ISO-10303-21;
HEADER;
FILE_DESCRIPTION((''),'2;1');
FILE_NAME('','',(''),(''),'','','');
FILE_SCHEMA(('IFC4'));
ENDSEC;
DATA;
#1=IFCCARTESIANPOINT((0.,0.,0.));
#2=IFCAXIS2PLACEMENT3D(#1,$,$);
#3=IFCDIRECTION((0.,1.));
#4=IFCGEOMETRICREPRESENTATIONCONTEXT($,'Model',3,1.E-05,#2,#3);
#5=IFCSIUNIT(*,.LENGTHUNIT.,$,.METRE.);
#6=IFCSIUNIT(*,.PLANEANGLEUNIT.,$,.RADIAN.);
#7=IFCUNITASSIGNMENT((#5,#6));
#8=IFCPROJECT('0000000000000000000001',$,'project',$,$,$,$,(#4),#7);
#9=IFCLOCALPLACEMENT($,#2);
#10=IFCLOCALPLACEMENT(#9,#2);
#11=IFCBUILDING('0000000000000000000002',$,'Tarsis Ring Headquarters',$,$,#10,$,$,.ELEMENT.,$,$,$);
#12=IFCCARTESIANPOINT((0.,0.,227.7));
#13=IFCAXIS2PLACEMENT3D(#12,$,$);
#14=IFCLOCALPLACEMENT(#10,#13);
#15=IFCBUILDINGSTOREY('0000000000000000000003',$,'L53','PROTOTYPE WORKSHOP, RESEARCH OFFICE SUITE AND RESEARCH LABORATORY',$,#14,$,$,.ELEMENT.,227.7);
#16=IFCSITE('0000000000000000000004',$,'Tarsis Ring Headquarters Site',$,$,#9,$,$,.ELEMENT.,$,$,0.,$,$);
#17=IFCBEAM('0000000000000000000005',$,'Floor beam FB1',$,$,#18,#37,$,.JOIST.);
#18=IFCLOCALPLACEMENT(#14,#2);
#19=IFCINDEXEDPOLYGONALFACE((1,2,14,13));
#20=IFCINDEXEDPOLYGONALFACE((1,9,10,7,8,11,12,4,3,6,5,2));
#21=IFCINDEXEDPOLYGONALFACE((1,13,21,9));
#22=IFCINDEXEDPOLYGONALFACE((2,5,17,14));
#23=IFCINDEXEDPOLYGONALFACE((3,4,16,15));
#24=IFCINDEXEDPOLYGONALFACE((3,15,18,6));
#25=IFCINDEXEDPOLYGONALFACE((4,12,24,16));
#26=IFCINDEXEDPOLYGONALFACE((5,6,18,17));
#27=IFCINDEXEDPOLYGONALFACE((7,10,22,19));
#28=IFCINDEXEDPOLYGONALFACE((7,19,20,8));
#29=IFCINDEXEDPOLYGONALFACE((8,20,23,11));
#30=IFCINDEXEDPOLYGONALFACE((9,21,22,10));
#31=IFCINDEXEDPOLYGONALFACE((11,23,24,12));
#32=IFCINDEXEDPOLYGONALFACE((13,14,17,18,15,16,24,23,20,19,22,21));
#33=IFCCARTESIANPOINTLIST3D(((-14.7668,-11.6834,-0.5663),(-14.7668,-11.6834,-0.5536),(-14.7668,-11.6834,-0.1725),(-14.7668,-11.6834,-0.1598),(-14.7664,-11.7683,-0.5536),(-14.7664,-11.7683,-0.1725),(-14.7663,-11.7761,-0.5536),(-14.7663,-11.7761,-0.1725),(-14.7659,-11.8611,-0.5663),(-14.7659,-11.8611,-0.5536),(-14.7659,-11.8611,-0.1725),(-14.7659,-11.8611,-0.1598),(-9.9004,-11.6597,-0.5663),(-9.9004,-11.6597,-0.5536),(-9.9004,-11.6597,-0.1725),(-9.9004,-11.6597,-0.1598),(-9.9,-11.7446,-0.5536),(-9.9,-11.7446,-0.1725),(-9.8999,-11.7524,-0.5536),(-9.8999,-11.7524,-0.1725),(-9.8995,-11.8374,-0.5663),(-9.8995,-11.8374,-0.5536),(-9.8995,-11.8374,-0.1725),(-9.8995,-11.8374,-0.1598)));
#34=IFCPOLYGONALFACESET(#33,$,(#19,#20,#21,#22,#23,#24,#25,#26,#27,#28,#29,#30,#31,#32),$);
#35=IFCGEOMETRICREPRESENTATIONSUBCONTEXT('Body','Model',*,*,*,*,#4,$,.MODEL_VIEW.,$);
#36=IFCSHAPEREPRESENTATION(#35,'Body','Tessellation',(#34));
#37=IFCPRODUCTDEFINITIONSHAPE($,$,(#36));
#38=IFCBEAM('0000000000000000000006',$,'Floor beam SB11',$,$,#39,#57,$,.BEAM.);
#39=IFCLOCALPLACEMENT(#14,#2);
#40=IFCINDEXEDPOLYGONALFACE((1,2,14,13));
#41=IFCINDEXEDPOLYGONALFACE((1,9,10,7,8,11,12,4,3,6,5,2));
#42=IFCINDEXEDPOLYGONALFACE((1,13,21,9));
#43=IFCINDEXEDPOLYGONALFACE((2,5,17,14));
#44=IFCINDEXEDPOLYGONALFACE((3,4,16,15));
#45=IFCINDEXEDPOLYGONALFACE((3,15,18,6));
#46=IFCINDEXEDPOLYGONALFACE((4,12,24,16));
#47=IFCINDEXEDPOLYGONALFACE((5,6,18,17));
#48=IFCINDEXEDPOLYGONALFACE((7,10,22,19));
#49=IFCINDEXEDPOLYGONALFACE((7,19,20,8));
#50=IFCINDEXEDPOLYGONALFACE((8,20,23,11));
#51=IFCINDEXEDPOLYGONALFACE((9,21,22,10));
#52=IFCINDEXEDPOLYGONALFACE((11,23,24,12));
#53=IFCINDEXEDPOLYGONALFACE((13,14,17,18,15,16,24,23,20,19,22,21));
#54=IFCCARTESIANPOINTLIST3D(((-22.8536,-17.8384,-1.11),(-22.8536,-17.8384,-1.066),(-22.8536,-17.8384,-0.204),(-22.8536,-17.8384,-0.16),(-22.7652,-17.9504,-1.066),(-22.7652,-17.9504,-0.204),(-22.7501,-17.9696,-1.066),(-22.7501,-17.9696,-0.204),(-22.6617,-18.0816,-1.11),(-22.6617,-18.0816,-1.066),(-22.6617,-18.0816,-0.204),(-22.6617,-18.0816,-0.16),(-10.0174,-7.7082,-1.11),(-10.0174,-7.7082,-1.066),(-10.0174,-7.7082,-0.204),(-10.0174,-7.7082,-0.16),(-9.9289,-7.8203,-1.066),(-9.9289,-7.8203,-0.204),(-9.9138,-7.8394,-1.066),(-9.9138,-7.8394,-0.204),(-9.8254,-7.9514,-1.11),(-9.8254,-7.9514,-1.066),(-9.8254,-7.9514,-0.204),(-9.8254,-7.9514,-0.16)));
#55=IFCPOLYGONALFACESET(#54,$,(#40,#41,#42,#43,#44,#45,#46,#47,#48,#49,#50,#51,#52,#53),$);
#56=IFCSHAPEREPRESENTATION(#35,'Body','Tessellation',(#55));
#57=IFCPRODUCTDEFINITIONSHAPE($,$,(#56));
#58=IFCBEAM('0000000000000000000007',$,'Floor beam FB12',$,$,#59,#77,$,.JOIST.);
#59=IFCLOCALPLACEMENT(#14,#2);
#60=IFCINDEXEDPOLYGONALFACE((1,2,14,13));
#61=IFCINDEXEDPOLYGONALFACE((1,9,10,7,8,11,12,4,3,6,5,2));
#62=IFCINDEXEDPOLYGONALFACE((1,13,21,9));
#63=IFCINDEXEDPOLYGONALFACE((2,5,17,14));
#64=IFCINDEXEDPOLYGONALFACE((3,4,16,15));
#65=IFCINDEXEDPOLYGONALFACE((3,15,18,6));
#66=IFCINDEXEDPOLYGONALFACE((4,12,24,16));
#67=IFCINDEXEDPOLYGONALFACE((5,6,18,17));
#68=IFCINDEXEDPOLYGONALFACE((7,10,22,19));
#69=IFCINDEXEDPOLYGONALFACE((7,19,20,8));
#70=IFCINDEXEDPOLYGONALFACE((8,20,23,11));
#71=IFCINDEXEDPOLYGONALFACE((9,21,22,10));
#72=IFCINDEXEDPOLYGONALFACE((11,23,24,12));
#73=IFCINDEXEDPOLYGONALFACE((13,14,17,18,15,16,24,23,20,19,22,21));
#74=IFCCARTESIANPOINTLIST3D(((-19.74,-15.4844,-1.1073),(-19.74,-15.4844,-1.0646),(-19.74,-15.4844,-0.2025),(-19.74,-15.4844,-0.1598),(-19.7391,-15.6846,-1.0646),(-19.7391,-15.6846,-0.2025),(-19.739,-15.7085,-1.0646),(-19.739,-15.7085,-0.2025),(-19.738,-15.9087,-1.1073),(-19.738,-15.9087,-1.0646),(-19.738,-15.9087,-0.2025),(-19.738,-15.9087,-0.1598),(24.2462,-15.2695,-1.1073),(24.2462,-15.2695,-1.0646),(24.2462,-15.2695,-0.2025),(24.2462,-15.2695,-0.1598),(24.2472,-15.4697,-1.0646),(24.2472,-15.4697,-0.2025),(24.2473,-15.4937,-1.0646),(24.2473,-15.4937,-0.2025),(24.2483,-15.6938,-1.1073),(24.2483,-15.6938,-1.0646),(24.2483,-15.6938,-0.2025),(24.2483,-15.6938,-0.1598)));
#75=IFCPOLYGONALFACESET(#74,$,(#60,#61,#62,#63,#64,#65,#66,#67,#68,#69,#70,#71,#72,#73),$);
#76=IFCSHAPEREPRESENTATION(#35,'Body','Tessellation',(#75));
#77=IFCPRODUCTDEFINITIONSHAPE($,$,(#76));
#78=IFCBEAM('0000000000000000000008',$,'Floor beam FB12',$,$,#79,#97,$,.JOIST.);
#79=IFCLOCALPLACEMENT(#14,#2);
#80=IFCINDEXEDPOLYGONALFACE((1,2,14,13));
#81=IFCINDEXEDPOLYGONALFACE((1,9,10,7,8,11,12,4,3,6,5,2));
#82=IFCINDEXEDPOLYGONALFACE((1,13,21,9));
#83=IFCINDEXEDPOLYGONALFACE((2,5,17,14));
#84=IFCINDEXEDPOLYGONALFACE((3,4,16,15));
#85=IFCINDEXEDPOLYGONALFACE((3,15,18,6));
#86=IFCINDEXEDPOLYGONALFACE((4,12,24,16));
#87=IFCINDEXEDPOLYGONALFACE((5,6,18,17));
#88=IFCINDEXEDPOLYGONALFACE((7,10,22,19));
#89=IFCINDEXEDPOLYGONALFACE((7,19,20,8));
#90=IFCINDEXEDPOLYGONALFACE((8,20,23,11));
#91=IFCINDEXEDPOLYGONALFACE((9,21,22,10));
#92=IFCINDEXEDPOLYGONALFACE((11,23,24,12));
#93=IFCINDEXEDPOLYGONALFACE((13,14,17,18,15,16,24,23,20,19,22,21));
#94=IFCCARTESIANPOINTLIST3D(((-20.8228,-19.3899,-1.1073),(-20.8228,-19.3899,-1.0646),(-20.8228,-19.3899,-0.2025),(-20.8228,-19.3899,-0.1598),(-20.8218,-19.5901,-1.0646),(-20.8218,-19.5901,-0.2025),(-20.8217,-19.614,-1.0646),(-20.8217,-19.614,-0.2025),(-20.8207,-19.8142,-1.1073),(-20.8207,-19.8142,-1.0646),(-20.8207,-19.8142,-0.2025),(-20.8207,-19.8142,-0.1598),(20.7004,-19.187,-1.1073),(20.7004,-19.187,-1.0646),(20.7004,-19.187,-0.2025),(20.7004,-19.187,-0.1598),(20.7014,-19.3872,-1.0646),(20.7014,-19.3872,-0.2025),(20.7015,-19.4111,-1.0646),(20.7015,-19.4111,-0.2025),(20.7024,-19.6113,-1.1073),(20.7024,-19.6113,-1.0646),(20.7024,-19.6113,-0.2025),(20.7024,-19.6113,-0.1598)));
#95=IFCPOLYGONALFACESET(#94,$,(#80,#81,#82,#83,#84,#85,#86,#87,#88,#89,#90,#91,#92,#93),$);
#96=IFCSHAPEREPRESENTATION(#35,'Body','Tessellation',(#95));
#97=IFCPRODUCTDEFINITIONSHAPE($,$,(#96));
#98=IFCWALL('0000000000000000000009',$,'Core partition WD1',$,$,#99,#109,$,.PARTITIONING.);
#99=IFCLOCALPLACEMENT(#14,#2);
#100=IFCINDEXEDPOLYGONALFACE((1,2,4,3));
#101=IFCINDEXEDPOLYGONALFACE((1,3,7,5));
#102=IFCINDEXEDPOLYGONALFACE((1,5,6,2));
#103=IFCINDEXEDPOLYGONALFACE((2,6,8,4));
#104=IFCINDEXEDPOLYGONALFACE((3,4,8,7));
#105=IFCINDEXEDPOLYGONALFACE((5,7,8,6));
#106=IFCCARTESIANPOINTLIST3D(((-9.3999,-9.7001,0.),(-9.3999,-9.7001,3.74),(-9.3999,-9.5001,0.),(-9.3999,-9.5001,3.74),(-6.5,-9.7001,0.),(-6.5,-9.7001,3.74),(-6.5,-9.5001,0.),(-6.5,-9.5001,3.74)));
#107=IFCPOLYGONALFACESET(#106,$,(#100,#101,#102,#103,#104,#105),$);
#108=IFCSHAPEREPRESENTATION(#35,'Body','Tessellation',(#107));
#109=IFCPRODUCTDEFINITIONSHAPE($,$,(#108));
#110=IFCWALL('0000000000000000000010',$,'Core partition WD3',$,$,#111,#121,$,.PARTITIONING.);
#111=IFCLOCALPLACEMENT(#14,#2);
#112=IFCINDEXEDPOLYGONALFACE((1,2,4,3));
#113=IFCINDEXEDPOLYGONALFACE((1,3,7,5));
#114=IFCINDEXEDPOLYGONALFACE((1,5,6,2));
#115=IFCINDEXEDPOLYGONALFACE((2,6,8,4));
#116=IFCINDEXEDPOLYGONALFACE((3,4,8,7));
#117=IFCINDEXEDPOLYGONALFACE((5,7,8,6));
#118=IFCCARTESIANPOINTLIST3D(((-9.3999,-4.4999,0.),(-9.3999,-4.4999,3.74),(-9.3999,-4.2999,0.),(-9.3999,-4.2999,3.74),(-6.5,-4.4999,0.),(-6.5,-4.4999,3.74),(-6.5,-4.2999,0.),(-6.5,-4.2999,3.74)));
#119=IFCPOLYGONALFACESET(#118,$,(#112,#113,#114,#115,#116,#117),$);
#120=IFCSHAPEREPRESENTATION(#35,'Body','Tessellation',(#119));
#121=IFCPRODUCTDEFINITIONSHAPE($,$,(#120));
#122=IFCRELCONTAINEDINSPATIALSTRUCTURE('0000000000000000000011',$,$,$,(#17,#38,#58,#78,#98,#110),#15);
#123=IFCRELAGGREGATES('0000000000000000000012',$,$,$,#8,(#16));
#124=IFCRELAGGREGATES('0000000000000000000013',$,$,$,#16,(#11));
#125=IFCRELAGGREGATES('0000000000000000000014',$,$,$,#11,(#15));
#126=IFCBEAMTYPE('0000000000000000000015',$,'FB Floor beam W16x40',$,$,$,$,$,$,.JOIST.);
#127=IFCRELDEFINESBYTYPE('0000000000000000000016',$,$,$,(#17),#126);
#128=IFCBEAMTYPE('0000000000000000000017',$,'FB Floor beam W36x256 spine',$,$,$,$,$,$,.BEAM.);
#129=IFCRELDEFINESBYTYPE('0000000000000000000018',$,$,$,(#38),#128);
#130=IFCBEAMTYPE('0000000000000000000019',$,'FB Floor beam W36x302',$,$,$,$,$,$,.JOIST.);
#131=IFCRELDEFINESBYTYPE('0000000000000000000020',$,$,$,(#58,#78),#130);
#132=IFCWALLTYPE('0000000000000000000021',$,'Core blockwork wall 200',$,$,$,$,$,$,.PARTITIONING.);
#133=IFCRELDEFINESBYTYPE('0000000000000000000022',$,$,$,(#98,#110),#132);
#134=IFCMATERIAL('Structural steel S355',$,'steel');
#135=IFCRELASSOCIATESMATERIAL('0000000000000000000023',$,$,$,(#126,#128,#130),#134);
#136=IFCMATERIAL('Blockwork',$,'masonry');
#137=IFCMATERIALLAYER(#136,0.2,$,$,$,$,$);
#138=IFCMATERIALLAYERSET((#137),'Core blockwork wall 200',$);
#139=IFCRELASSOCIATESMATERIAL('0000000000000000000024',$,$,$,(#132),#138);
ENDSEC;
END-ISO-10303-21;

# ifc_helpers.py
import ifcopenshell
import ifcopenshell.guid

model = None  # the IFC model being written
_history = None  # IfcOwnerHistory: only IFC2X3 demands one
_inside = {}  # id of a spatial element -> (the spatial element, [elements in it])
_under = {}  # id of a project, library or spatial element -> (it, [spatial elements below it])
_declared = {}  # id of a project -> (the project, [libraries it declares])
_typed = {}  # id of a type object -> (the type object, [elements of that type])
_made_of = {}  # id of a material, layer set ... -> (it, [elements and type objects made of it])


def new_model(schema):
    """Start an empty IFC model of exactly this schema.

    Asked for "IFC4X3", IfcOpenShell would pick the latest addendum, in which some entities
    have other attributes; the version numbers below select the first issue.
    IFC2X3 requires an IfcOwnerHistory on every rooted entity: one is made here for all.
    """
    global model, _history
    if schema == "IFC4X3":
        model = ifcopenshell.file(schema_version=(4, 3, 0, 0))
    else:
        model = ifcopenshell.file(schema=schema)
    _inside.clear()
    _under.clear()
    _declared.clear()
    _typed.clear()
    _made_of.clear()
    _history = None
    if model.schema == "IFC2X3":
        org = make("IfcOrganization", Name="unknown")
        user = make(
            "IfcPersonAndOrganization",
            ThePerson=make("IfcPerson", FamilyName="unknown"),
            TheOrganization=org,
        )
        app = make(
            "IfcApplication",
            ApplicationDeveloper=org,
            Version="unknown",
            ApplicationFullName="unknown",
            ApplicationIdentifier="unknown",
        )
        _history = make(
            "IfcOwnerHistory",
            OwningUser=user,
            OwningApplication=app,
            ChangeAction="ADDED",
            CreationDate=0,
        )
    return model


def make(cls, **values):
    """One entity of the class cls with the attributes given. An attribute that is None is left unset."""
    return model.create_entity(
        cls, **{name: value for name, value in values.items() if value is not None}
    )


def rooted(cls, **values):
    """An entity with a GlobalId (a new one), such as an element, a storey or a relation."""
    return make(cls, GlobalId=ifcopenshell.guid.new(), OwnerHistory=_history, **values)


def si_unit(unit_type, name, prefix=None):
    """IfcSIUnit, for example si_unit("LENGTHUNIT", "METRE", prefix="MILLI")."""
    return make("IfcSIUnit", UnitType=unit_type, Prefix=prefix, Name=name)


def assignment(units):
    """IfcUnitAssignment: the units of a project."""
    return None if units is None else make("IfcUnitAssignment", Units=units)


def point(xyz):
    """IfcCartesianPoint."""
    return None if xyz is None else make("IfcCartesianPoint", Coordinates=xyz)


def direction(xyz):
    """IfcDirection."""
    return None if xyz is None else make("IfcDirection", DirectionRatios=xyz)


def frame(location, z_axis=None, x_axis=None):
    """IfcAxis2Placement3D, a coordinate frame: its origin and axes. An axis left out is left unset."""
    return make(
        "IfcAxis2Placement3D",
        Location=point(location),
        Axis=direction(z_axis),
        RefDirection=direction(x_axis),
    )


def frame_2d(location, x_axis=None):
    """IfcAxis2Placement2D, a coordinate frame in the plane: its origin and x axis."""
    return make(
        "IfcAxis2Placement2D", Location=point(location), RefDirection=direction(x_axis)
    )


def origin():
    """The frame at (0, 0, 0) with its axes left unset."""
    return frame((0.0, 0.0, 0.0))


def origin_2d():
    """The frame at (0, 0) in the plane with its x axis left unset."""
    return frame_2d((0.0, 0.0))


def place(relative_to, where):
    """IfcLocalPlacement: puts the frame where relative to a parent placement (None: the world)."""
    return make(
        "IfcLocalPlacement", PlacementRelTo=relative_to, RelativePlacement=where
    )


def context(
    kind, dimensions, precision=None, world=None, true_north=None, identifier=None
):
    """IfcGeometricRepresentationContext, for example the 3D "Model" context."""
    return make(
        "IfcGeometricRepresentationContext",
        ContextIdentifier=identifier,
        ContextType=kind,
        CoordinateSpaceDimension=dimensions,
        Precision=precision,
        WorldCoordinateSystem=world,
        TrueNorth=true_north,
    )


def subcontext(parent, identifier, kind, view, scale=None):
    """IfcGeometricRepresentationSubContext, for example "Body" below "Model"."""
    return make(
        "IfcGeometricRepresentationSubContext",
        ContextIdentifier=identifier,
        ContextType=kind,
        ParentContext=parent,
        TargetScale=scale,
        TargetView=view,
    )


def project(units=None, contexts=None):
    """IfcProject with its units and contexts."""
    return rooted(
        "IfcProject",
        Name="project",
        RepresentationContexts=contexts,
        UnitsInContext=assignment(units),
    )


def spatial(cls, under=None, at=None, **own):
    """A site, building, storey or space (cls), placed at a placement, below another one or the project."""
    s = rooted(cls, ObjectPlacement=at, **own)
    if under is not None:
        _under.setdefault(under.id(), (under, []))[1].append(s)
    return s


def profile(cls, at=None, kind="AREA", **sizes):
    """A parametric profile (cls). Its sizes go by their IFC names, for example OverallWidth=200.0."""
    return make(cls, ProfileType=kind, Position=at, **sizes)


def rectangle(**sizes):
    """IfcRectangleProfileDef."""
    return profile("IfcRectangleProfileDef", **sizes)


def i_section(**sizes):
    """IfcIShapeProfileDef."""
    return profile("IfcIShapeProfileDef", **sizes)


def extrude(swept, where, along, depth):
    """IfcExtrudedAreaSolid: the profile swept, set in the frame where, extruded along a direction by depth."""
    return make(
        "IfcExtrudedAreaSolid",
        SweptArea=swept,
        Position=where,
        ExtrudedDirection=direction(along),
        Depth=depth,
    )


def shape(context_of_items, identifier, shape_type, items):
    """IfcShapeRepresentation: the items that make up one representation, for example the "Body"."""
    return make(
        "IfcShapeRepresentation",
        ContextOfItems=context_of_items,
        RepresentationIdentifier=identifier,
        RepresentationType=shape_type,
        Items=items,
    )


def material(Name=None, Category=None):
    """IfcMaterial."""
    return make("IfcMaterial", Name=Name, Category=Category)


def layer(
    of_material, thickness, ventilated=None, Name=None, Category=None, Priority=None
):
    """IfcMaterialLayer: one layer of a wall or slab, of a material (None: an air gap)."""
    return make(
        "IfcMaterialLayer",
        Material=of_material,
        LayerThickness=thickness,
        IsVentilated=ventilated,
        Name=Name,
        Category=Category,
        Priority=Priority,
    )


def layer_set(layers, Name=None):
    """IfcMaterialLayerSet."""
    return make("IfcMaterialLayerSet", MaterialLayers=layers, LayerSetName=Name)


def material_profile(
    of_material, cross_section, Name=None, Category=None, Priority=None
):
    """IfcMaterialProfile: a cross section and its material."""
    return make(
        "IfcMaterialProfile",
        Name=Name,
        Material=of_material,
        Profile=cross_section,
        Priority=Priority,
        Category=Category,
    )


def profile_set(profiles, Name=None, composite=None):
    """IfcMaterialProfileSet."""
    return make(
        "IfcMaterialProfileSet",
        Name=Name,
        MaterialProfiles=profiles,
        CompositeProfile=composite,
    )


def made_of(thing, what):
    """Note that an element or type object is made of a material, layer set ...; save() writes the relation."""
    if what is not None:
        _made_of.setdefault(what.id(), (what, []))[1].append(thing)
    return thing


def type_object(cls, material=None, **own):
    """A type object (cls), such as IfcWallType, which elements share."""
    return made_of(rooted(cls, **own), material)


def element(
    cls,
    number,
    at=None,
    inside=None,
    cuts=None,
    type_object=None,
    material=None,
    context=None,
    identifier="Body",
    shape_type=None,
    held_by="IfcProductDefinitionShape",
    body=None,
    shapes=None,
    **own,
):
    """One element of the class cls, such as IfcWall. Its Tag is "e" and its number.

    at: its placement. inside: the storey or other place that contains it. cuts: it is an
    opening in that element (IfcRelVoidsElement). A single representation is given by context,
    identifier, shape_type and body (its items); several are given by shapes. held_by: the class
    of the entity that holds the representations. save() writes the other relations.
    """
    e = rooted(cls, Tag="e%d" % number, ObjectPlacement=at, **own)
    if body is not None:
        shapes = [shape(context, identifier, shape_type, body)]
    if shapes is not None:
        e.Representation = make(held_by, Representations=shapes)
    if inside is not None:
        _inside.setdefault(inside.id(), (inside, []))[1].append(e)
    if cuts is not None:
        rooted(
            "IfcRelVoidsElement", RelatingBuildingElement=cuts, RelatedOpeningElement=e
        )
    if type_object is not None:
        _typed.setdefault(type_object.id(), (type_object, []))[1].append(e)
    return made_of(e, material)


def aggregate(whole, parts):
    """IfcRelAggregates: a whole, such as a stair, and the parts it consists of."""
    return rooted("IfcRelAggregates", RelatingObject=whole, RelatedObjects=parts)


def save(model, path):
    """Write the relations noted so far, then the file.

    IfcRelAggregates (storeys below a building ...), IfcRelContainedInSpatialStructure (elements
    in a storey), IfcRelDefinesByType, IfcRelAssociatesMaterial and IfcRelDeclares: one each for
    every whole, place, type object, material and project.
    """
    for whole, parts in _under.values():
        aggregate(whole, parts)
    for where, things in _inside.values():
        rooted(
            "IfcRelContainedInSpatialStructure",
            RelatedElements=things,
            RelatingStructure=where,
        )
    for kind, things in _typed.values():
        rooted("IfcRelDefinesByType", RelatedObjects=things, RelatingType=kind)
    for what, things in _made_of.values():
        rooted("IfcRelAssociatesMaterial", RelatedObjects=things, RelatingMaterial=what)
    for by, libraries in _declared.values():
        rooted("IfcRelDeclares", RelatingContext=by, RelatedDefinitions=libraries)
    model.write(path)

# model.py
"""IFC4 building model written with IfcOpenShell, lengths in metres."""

from ifc_helpers import new_model, si_unit, direction, frame, frame_2d, origin, origin_2d, place, context, subcontext, project, spatial, rectangle, i_section, extrude, material, layer, layer_set, material_profile, profile_set, type_object, element, save


model = new_model("IFC4")

# Units and contexts
model_context = context("Model", 3, precision=1e-05, world=origin(), true_north=direction((0.0, 1.0)))
body_context = subcontext(model_context, "Body", "Model", "MODEL_VIEW")
ifc_project = project(units=[si_unit("LENGTHUNIT", "METRE"), si_unit("PLANEANGLEUNIT", "RADIAN")], contexts=[model_context])

# Site, building, storey
site_placement = place(None, origin())
site = spatial("IfcSite", under=ifc_project, at=site_placement, Name="Tarsis Ring Headquarters Site", CompositionType="ELEMENT", RefElevation=0.0)
building_placement = place(site_placement, origin())
building = spatial("IfcBuilding", under=site, at=building_placement, Name="Tarsis Ring Headquarters", CompositionType="ELEMENT")
storey_placement = place(building_placement, frame((0.0, 0.0, 227.7)))
storey = spatial("IfcBuildingStorey", under=building, at=storey_placement, Name="L53", Description="PROTOTYPE WORKSHOP, RESEARCH OFFICE SUITE AND RESEARCH LABORATORY", CompositionType="ELEMENT", Elevation=227.7)

# Beams
ifc_material_1 = material(Name="Structural steel S355", Category="steel")
ifc_material_profile_1 = material_profile(ifc_material_1, i_section(OverallWidth=0.1777, OverallDepth=0.4065, WebThickness=0.0078, FlangeThickness=0.0127, at=origin_2d()), Name="W16x40")
ifc_profile_set_1 = profile_set([ifc_material_profile_1], Name="Structural steel S355")
beam_type_1 = type_object("IfcBeamType", Name="FB Floor beam W16x40", PredefinedType="JOIST", material=ifc_profile_set_1)
beam_1_placement = place(storey_placement, frame((-14.7664, -11.7722, -0.363), z_axis=(0.999988, 0.004866, 0.0), x_axis=(-0.004866, 0.999988, 0.0)))
element("IfcBeam", 1, at=beam_1_placement, inside=storey, type_object=beam_type_1, Name="Floor beam FB1", PredefinedType="JOIST", context=body_context, shape_type="SweptSolid", body=[
    extrude(i_section(OverallWidth=0.1777, OverallDepth=0.4065, WebThickness=0.0078, FlangeThickness=0.0127, at=origin_2d()), origin(), (0.0, 0.0, 1.0), 4.8665),
])
ifc_material_profile_2 = material_profile(ifc_material_1, i_section(OverallWidth=0.3098, OverallDepth=0.95, WebThickness=0.0244, FlangeThickness=0.0439, at=origin_2d()), Name="W36x256")
ifc_profile_set_2 = profile_set([ifc_material_profile_2], Name="Structural steel S355")
beam_type_2 = type_object("IfcBeamType", Name="FB Floor beam W36x256 spine", PredefinedType="BEAM", material=ifc_profile_set_2)
beam_2_placement = place(storey_placement, frame((-9.9214, -7.8298, -0.635), z_axis=(-0.784993, -0.619505, 0.0), x_axis=(0.619505, -0.784993, 0.0)))
element("IfcBeam", 2, at=beam_2_placement, inside=storey, type_object=beam_type_2, Name="Floor beam SB11", PredefinedType="BEAM", context=body_context, shape_type="SweptSolid", body=[
    extrude(i_section(OverallWidth=0.3098, OverallDepth=0.95, WebThickness=0.0244, FlangeThickness=0.0439, at=origin_2d()), origin(), (0.0, 0.0, 1.0), 16.3521),
])
ifc_material_profile_3 = material_profile(ifc_material_1, i_section(OverallWidth=0.4243, OverallDepth=0.9475, WebThickness=0.0239, FlangeThickness=0.0427, at=origin_2d()), Name="W36x302")
ifc_profile_set_3 = profile_set([ifc_material_profile_3], Name="Structural steel S355")
beam_type_3 = type_object("IfcBeamType", Name="FB Floor beam W36x302", PredefinedType="JOIST", material=ifc_profile_set_3)
beam_3_placement = place(storey_placement, frame((-19.739, -15.6965, -0.6335), z_axis=(0.999988, 0.004884, 0.0), x_axis=(-0.004884, 0.999988, 0.0)))
element("IfcBeam", 3, at=beam_3_placement, inside=storey, type_object=beam_type_3, Name="Floor beam FB12", PredefinedType="JOIST", context=body_context, shape_type="SweptSolid", body=[
    extrude(i_section(OverallWidth=0.4243, OverallDepth=0.9475, WebThickness=0.0239, FlangeThickness=0.0427, at=origin_2d()), origin(), (0.0, 0.0, 1.0), 43.9868),
])
beam_4_placement = place(storey_placement, frame((-20.8218, -19.6021, -0.6335), z_axis=(0.999988, 0.004886, 0.0), x_axis=(-0.004886, 0.999988, 0.0)))
element("IfcBeam", 4, at=beam_4_placement, inside=storey, type_object=beam_type_3, Name="Floor beam FB12", PredefinedType="JOIST", context=body_context, shape_type="SweptSolid", body=[
    extrude(i_section(OverallWidth=0.4243, OverallDepth=0.9475, WebThickness=0.0239, FlangeThickness=0.0427, at=origin_2d()), origin(), (0.0, 0.0, 1.0), 41.5237),
])

# Walls
ifc_material_2 = material(Name="Blockwork", Category="masonry")
ifc_layer_1 = layer(ifc_material_2, 0.2)
ifc_layer_set_1 = layer_set([ifc_layer_1], Name="Core blockwork wall 200")
wall_type_1 = type_object("IfcWallType", Name="Core blockwork wall 200", PredefinedType="PARTITIONING", material=ifc_layer_set_1)
for number, where, z_axis, x_axis, name in (
    (5, (-9.3999, -9.6001, 0.0), (0.0, 0.0, 1.0), (1.0, 0.0, 0.0), "Core partition WD1"),
    (6, (-9.3999, -4.3999, 0.0), (0.0, 0.0, 1.0), (1.0, 0.0, 0.0), "Core partition WD3"),
):
    element("IfcWall", number, at=place(storey_placement, frame(where, z_axis=z_axis, x_axis=x_axis)), inside=storey, type_object=wall_type_1, Name=name, PredefinedType="PARTITIONING", context=body_context, shape_type="SweptSolid", body=[
        extrude(rectangle(XDim=2.8999, YDim=0.2, at=frame_2d((1.45, 0.0))), origin(), (0.0, 0.0, 1.0), 3.74),
    ])

save(model, "model.ifc")
